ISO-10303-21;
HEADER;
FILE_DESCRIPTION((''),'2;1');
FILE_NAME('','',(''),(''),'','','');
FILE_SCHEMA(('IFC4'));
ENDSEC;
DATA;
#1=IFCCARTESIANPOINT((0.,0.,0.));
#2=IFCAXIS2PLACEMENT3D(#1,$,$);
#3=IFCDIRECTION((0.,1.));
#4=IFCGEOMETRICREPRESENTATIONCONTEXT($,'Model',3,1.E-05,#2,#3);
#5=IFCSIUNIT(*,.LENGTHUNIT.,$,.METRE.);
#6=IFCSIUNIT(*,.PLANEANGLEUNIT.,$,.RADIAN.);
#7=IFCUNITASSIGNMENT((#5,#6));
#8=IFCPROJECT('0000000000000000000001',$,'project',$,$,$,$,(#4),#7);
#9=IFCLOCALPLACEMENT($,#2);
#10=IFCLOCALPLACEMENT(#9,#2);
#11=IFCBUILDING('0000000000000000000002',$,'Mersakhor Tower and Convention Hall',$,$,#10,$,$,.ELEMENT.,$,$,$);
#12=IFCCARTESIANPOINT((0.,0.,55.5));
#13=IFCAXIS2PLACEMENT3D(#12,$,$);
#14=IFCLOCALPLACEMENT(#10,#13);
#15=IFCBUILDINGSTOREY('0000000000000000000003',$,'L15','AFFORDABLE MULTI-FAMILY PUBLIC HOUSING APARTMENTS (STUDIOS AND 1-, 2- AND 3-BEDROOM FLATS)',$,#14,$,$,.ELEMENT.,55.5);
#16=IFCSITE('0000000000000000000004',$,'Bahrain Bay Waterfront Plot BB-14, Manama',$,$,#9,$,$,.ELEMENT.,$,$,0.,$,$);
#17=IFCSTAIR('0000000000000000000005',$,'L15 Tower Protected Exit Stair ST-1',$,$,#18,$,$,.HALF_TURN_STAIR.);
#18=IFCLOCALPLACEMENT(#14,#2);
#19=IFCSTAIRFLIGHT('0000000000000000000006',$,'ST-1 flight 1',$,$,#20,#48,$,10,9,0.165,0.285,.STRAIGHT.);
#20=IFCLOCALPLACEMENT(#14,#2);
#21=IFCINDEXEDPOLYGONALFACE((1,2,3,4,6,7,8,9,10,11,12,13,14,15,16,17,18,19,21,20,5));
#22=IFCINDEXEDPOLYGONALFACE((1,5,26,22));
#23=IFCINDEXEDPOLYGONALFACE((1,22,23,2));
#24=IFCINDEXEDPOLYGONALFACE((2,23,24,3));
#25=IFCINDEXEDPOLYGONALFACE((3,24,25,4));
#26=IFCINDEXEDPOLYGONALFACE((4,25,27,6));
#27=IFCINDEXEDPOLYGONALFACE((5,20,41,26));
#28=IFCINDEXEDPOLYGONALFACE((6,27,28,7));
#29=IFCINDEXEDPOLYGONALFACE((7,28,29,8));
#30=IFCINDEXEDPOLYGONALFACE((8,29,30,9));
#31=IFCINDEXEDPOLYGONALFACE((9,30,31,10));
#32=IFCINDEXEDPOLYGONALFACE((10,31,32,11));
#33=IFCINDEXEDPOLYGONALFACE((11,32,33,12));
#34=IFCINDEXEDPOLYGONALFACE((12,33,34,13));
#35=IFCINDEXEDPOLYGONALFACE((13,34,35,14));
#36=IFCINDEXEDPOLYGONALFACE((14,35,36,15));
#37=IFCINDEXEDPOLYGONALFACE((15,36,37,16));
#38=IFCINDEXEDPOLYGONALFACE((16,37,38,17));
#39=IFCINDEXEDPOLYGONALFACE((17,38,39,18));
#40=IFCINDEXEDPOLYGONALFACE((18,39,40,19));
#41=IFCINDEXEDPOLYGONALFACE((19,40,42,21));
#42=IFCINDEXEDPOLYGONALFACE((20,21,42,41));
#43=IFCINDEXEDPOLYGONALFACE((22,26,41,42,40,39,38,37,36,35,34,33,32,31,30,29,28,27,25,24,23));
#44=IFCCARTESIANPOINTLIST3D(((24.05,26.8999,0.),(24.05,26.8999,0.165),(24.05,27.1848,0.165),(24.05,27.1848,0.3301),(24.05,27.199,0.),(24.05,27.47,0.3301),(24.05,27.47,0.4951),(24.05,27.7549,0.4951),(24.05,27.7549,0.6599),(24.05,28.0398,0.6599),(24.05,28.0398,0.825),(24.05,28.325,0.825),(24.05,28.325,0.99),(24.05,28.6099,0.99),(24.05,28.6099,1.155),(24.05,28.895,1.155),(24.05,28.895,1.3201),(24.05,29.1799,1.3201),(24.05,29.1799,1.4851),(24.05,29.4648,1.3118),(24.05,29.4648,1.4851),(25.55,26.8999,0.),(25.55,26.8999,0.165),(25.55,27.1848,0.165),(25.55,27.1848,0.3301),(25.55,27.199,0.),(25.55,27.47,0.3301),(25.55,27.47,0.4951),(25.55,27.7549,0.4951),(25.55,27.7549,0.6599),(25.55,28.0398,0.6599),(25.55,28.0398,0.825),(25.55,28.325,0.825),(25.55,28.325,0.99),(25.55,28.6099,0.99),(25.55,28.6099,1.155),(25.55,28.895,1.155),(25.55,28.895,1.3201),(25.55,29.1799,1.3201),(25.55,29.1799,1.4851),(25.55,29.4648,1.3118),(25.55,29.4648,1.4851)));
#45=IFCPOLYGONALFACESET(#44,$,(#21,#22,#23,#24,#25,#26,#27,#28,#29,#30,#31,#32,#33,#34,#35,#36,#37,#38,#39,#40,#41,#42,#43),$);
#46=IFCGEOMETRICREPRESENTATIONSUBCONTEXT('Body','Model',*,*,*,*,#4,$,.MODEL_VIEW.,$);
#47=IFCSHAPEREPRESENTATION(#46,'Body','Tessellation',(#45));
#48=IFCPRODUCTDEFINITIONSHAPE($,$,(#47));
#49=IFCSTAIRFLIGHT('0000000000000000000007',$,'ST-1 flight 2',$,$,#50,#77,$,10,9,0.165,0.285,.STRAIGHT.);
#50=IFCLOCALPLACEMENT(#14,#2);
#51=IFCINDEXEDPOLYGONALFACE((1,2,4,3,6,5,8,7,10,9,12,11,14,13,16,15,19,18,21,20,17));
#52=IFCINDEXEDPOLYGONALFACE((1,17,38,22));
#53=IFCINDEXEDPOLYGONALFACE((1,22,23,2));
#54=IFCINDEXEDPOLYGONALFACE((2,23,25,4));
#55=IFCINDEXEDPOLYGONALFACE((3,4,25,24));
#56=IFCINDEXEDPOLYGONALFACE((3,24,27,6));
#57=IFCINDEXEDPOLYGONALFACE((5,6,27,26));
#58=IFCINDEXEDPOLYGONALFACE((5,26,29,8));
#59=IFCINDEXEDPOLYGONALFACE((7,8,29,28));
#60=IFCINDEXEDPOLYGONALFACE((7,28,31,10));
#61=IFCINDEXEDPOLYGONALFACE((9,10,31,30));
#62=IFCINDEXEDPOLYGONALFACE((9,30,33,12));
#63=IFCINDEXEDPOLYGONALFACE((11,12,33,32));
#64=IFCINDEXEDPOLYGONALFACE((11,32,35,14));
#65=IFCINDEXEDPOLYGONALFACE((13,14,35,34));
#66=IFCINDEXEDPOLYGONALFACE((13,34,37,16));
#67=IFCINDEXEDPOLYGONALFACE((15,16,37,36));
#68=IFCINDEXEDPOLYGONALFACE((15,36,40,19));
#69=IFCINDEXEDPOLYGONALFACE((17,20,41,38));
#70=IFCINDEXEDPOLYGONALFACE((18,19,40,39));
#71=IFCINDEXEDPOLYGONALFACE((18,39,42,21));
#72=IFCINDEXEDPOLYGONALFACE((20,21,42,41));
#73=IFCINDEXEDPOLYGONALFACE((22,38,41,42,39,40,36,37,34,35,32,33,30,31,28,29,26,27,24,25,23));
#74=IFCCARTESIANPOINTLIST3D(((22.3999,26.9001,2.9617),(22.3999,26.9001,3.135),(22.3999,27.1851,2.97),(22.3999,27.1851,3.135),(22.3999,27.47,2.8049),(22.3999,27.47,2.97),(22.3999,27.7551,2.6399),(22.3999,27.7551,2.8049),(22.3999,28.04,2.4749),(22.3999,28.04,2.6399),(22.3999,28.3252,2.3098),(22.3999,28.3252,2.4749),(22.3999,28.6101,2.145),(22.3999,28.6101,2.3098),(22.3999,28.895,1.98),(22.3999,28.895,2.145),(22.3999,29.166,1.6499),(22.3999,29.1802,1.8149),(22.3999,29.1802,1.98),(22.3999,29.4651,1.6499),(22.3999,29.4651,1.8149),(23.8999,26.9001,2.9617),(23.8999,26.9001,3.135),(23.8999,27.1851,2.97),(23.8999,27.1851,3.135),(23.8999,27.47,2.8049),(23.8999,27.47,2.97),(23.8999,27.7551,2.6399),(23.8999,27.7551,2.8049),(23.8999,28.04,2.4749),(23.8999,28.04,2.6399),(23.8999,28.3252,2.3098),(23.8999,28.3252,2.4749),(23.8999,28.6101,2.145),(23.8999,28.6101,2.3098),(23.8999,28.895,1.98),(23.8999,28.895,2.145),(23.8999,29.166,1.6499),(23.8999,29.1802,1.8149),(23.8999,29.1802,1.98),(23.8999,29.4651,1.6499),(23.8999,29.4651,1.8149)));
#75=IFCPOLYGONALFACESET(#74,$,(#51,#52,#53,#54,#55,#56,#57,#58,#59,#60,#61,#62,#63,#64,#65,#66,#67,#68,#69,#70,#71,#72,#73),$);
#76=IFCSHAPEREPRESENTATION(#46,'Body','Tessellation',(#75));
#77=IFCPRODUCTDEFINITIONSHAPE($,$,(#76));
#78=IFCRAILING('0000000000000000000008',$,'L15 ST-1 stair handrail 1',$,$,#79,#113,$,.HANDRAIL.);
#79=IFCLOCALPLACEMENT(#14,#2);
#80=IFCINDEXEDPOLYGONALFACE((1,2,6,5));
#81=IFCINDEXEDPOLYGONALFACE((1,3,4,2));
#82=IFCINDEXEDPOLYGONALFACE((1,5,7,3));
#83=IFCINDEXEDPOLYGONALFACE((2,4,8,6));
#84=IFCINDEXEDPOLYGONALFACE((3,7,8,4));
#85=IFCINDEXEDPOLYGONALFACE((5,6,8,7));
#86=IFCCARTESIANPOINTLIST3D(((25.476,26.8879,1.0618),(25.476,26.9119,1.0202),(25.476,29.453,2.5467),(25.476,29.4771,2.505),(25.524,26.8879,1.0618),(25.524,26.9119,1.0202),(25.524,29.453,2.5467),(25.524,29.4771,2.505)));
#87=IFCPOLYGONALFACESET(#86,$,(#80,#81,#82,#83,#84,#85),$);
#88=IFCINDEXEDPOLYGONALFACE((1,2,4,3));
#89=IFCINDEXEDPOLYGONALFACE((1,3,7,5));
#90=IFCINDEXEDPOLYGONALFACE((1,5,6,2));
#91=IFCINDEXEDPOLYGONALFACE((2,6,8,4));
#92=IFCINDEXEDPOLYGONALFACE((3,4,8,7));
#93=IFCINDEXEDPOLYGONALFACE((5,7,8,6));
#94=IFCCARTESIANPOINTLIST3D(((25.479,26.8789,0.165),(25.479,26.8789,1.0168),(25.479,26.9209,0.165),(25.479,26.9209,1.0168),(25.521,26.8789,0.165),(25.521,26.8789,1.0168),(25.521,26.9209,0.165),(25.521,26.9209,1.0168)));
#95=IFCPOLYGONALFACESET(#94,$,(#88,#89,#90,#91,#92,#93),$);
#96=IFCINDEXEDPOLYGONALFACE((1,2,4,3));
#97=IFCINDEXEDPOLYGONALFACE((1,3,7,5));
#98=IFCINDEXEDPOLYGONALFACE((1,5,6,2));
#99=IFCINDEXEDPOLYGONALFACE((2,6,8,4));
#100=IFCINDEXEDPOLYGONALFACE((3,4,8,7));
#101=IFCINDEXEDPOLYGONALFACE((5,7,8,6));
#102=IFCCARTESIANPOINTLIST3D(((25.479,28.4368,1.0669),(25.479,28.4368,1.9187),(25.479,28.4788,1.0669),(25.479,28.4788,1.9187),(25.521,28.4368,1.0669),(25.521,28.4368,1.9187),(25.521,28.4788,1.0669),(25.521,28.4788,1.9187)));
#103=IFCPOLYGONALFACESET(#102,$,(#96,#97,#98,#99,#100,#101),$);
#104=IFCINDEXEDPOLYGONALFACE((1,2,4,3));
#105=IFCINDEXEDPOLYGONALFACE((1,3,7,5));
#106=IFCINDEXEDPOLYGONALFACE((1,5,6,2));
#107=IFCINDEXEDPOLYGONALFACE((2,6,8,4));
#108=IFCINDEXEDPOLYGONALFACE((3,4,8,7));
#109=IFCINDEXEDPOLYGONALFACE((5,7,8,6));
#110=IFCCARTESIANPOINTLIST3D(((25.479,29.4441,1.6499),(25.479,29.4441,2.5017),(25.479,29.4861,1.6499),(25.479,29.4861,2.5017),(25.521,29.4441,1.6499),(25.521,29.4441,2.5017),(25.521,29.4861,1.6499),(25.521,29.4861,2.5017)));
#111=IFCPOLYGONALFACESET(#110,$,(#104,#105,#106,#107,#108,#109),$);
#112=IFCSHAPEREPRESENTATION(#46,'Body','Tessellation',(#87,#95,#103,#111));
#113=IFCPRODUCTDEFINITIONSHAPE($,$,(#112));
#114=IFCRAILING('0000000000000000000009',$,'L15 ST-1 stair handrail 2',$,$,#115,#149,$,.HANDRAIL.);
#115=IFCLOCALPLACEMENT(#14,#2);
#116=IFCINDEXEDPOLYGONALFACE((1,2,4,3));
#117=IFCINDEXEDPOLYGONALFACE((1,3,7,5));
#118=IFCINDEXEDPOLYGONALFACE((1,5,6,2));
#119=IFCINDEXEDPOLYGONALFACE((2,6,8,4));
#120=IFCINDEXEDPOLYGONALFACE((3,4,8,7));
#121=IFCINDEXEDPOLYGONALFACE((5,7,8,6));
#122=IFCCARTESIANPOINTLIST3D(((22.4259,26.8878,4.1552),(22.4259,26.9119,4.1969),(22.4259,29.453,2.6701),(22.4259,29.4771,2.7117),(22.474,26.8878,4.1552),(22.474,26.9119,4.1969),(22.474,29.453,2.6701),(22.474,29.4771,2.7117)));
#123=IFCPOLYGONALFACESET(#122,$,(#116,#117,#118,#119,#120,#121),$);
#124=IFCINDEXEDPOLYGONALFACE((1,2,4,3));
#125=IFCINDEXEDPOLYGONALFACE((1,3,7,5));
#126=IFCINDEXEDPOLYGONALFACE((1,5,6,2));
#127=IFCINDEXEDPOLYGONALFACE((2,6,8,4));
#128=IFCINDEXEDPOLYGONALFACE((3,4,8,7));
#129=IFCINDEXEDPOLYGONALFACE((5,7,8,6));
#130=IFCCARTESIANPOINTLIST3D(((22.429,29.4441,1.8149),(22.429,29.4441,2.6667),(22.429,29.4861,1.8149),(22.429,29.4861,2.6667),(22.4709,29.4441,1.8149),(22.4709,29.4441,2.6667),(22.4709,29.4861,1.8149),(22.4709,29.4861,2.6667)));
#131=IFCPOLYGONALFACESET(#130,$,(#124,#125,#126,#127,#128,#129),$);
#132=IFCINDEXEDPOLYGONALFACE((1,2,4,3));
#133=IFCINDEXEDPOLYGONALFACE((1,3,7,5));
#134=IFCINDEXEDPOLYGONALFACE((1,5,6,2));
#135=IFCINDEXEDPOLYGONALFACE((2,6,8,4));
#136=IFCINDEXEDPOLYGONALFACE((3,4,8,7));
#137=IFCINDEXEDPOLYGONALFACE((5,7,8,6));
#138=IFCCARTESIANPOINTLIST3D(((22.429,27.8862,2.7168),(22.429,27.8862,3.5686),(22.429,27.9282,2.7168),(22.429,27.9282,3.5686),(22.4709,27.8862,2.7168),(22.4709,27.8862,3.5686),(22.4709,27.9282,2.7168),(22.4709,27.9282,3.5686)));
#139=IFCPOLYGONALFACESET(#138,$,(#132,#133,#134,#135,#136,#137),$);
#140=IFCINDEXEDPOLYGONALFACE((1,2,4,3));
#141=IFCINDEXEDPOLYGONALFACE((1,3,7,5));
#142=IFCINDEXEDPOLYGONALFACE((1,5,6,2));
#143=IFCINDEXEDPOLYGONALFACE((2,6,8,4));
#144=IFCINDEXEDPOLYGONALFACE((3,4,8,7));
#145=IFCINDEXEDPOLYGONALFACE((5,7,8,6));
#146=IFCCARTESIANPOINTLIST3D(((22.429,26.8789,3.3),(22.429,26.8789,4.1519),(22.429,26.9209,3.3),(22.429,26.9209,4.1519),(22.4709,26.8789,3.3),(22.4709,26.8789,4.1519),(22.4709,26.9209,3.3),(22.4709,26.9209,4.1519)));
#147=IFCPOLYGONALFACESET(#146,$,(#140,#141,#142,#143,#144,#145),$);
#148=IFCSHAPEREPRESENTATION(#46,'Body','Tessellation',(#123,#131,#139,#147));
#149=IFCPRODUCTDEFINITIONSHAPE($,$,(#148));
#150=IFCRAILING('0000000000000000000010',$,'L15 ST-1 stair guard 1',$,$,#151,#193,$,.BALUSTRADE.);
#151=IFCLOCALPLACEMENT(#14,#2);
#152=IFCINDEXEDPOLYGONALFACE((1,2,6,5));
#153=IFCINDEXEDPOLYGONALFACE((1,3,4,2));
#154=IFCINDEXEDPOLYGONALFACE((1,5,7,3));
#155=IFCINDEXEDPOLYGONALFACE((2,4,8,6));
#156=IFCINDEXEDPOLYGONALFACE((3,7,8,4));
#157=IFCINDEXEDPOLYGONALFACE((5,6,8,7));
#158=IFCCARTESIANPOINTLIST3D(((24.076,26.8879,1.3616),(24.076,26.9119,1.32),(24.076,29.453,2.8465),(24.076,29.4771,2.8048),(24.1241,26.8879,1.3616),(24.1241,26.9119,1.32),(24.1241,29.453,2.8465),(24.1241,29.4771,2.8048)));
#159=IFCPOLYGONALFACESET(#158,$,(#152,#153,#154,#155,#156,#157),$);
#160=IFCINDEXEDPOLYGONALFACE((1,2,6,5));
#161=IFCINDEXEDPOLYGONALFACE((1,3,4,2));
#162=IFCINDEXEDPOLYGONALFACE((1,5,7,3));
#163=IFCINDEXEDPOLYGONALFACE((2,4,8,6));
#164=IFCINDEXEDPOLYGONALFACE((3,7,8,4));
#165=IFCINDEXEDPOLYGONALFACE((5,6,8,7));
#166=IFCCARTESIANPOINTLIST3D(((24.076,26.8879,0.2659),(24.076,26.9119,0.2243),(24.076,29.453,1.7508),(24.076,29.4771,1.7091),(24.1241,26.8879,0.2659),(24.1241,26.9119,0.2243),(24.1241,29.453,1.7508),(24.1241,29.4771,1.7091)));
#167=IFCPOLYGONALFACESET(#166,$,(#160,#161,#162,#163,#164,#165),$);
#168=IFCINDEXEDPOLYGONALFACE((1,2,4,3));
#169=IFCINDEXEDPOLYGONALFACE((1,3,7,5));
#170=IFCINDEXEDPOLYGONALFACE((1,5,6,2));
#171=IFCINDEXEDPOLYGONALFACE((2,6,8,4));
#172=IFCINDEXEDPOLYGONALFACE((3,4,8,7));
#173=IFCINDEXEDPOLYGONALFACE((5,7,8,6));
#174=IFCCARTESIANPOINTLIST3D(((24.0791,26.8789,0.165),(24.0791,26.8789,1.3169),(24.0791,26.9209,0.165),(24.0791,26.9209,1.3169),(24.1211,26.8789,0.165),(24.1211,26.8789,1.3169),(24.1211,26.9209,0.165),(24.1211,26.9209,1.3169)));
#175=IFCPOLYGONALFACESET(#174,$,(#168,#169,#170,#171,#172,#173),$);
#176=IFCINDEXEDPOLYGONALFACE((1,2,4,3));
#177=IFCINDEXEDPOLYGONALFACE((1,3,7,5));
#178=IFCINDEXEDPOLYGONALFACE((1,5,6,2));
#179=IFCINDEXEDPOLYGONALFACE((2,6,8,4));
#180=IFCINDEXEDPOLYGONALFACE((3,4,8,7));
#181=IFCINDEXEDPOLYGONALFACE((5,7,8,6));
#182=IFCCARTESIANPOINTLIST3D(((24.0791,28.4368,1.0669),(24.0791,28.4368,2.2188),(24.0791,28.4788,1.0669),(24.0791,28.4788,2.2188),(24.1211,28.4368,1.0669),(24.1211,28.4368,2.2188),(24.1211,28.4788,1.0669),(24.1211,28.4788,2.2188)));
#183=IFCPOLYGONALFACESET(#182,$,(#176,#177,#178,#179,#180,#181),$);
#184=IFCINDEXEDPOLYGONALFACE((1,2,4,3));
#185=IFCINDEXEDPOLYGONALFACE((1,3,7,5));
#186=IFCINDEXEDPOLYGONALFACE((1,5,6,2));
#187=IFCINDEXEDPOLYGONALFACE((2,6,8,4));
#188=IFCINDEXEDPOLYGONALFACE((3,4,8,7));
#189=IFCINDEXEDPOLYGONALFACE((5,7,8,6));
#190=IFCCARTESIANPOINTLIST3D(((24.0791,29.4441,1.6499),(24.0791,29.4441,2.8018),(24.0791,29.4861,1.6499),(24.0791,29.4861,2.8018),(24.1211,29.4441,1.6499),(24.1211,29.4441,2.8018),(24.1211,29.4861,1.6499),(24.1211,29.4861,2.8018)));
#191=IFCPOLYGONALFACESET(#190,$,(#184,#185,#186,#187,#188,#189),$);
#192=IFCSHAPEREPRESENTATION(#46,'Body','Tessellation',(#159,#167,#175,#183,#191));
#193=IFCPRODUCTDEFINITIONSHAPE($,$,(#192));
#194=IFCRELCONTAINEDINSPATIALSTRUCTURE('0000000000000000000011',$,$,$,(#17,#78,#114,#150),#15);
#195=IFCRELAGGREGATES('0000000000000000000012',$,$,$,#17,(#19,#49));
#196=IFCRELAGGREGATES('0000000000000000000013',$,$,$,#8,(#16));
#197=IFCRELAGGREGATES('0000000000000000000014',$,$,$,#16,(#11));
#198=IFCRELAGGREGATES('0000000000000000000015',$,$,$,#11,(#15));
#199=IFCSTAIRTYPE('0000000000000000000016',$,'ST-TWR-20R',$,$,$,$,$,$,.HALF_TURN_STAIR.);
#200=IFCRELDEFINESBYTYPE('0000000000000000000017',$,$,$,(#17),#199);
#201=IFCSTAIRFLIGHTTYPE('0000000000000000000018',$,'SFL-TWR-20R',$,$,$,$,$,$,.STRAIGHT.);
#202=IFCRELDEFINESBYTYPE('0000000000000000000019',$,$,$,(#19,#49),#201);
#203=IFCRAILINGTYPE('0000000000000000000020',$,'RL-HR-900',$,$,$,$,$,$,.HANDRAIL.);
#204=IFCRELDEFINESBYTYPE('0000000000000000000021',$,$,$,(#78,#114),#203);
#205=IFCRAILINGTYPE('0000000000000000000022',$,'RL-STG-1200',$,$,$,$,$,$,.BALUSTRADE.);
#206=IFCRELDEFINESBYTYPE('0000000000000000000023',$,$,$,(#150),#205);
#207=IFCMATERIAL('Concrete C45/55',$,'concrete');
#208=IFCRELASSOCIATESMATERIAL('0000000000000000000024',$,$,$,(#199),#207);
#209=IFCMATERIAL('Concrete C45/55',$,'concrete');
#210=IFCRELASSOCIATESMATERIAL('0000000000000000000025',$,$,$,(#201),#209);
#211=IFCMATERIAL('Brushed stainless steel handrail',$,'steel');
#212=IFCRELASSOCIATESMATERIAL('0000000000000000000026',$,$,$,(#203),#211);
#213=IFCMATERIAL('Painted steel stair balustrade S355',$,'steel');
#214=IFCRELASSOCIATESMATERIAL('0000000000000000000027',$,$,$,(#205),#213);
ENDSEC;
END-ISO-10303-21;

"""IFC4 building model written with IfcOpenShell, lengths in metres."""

from ifc_helpers import new_model, si_unit, direction, frame, origin, origin_2d, place, context, subcontext, project, spatial, polyline, rectangle, outline, extrude, material, type_object, element, aggregate, save


model = new_model("IFC4")

# Units and contexts
model_context = context("Model", 3, precision=1e-05, world=origin(), true_north=direction((0.0, 1.0)))
body_context = subcontext(model_context, "Body", "Model", "MODEL_VIEW")
ifc_project = project(units=[si_unit("LENGTHUNIT", "METRE"), si_unit("PLANEANGLEUNIT", "RADIAN")], contexts=[model_context])

# Site, building, storey
site_placement = place(None, origin())
site = spatial("IfcSite", under=ifc_project, at=site_placement, Name="Bahrain Bay Waterfront Plot BB-14, Manama", CompositionType="ELEMENT", RefElevation=0.0)
building_placement = place(site_placement, origin())
building = spatial("IfcBuilding", under=site, at=building_placement, Name="Mersakhor Tower and Convention Hall", CompositionType="ELEMENT")
storey_placement = place(building_placement, frame((0.0, 0.0, 55.5)))
storey = spatial("IfcBuildingStorey", under=building, at=storey_placement, Name="L15", Description="AFFORDABLE MULTI-FAMILY PUBLIC HOUSING APARTMENTS (STUDIOS AND 1-, 2- AND 3-BEDROOM FLATS)", CompositionType="ELEMENT", Elevation=55.5)

# Stair, stair flights
ifc_material_1 = material(Name="Concrete C45/55", Category="concrete")
stair_type = type_object("IfcStairType", Name="ST-TWR-20R", PredefinedType="HALF_TURN_STAIR", material=ifc_material_1)
stair_placement = place(storey_placement, origin())
stair = element("IfcStair", 1, at=stair_placement, inside=storey, type_object=stair_type, Name="L15 Tower Protected Exit Stair ST-1", PredefinedType="HALF_TURN_STAIR")
ifc_material_2 = material(Name="Concrete C45/55", Category="concrete")
stair_flight_type = type_object("IfcStairFlightType", Name="SFL-TWR-20R", PredefinedType="STRAIGHT", material=ifc_material_2)
stair_flight_1_placement = place(storey_placement, frame((24.8, 26.8999, 0.0), z_axis=(0.0, 0.0, 1.0), x_axis=(0.0, 1.0, 0.0)))
stair_flight_1 = element("IfcStairFlight", 2, at=stair_flight_1_placement, type_object=stair_flight_type, Name="ST-1 flight 1", NumberOfRisers=10, NumberOfTreads=9, PredefinedType="STRAIGHT", RiserHeight=0.165, TreadLength=0.285, context=body_context, shape_type="SweptSolid", body=[
    extrude(outline(polyline([(0.0, 0.0), (0.0, 0.165), (0.2849, 0.165), (0.2849, 0.3301), (0.5701, 0.3301), (0.5701, 0.4951), (0.855, 0.4951), (0.855, 0.6599), (1.1399, 0.6599), (1.1399, 0.825), (1.425, 0.825), (1.425, 0.99), (1.71, 0.99), (1.71, 1.155), (1.9951, 1.155), (1.9951, 1.3201), (2.28, 1.3201), (2.28, 1.4851), (2.5649, 1.4851), (2.5649, 1.6499), (2.5649, 1.3118), (0.2991, 0.0), (0.0, 0.0)])), frame((0.0, 0.75, 0.0), z_axis=(0.0, -1.0, 0.0), x_axis=(1.0, 0.0, 0.0)), (0.0, 0.0, 1.0), 1.5),
])
stair_flight_2_placement = place(storey_placement, frame((23.1499, 29.4651, 1.6499), z_axis=(0.0, 0.0, 1.0), x_axis=(0.0, -1.0, 0.0)))
stair_flight_2 = element("IfcStairFlight", 3, at=stair_flight_2_placement, type_object=stair_flight_type, Name="ST-1 flight 2", NumberOfRisers=10, NumberOfTreads=9, PredefinedType="STRAIGHT", RiserHeight=0.165, TreadLength=0.285, context=body_context, shape_type="SweptSolid", body=[
    extrude(outline(polyline([(0.0, 0.0), (0.0, 0.165), (0.2849, 0.165), (0.2849, 0.3301), (0.5701, 0.3301), (0.5701, 0.4951), (0.855, 0.4951), (0.855, 0.6599), (1.1399, 0.6599), (1.1399, 0.825), (1.425, 0.825), (1.425, 0.99), (1.71, 0.99), (1.71, 1.155), (1.9951, 1.155), (1.9951, 1.3201), (2.28, 1.3201), (2.28, 1.4851), (2.5649, 1.4851), (2.5649, 1.6499), (2.5649, 1.3118), (0.2991, 0.0), (0.0, 0.0)])), frame((0.0, 0.75, 0.0), z_axis=(0.0, -1.0, 0.0), x_axis=(1.0, 0.0, 0.0)), (0.0, 0.0, 1.0), 1.5),
])
aggregate(stair, [stair_flight_1, stair_flight_2])

# Railings
ifc_material_3 = material(Name="Brushed stainless steel handrail", Category="steel")
railing_type_1 = type_object("IfcRailingType", Name="RL-HR-900", PredefinedType="HANDRAIL", material=ifc_material_3)
railing_1_placement = place(storey_placement, frame((25.5, 26.8999, 0.165)))
element("IfcRailing", 4, at=railing_1_placement, inside=storey, type_object=railing_type_1, Name="L15 ST-1 stair handrail 1", PredefinedType="HANDRAIL", context=body_context, shape_type="SweptSolid", body=[
    extrude(rectangle(XDim=0.0481, YDim=0.0481, at=origin_2d()), frame((0.0, 0.0, 0.876), z_axis=(0.0, 0.865462, 0.500975), x_axis=(-1.0, 0.0, 0.0)), (0.0, 0.0, 1.0), 2.9639),
    extrude(rectangle(XDim=0.042, YDim=0.042, at=origin_2d()), origin(), (0.0, 0.0, 1.0), 0.8518),
    extrude(rectangle(XDim=0.042, YDim=0.042, at=origin_2d()), frame((0.0, 1.5579, 0.9019)), (0.0, 0.0, 1.0), 0.8518),
    extrude(rectangle(XDim=0.042, YDim=0.042, at=origin_2d()), frame((0.0, 2.5652, 1.4849)), (0.0, 0.0, 1.0), 0.8518),
])
railing_2_placement = place(storey_placement, frame((22.45, 29.4651, 1.8149)))
element("IfcRailing", 5, at=railing_2_placement, inside=storey, type_object=railing_type_1, Name="L15 ST-1 stair handrail 2", PredefinedType="HANDRAIL", context=body_context, shape_type="SweptSolid", body=[
    extrude(rectangle(XDim=0.0481, YDim=0.0481, at=origin_2d()), frame((0.0, 0.0, 0.876), z_axis=(0.0, -0.865426, 0.501036), x_axis=(1.0, 0.0, 0.0)), (0.0, 0.0, 1.0), 2.9641),
    extrude(rectangle(XDim=0.042, YDim=0.042, at=origin_2d()), origin(), (0.0, 0.0, 1.0), 0.8518),
    extrude(rectangle(XDim=0.042, YDim=0.042, at=origin_2d()), frame((0.0, -1.5579, 0.9019)), (0.0, 0.0, 1.0), 0.8518),
    extrude(rectangle(XDim=0.042, YDim=0.042, at=origin_2d()), frame((0.0, -2.5652, 1.4851)), (0.0, 0.0, 1.0), 0.8518),
])
ifc_material_4 = material(Name="Painted steel stair balustrade S355", Category="steel")
railing_type_2 = type_object("IfcRailingType", Name="RL-STG-1200", PredefinedType="BALUSTRADE", material=ifc_material_4)
railing_3_placement = place(storey_placement, frame((24.1001, 26.8999, 0.165)))
element("IfcRailing", 6, at=railing_3_placement, inside=storey, type_object=railing_type_2, Name="L15 ST-1 stair guard 1", PredefinedType="BALUSTRADE", context=body_context, shape_type="SweptSolid", body=[
    extrude(rectangle(XDim=0.0481, YDim=0.0481, at=origin_2d()), frame((0.0, 0.0, 1.1758), z_axis=(0.0, 0.865462, 0.500975), x_axis=(-1.0, 0.0, 0.0)), (0.0, 0.0, 1.0), 2.9639),
    extrude(rectangle(XDim=0.0481, YDim=0.0481, at=origin_2d()), frame((0.0, 0.0, 0.0801), z_axis=(0.0, 0.865462, 0.500975), x_axis=(-1.0, 0.0, 0.0)), (0.0, 0.0, 1.0), 2.9639),
    extrude(rectangle(XDim=0.042, YDim=0.042, at=origin_2d()), origin(), (0.0, 0.0, 1.0), 1.1519),
    extrude(rectangle(XDim=0.042, YDim=0.042, at=origin_2d()), frame((0.0, 1.5579, 0.9019)), (0.0, 0.0, 1.0), 1.1519),
    extrude(rectangle(XDim=0.042, YDim=0.042, at=origin_2d()), frame((0.0, 2.5652, 1.4849)), (0.0, 0.0, 1.0), 1.1519),
])

save(model, "model.ifc")
